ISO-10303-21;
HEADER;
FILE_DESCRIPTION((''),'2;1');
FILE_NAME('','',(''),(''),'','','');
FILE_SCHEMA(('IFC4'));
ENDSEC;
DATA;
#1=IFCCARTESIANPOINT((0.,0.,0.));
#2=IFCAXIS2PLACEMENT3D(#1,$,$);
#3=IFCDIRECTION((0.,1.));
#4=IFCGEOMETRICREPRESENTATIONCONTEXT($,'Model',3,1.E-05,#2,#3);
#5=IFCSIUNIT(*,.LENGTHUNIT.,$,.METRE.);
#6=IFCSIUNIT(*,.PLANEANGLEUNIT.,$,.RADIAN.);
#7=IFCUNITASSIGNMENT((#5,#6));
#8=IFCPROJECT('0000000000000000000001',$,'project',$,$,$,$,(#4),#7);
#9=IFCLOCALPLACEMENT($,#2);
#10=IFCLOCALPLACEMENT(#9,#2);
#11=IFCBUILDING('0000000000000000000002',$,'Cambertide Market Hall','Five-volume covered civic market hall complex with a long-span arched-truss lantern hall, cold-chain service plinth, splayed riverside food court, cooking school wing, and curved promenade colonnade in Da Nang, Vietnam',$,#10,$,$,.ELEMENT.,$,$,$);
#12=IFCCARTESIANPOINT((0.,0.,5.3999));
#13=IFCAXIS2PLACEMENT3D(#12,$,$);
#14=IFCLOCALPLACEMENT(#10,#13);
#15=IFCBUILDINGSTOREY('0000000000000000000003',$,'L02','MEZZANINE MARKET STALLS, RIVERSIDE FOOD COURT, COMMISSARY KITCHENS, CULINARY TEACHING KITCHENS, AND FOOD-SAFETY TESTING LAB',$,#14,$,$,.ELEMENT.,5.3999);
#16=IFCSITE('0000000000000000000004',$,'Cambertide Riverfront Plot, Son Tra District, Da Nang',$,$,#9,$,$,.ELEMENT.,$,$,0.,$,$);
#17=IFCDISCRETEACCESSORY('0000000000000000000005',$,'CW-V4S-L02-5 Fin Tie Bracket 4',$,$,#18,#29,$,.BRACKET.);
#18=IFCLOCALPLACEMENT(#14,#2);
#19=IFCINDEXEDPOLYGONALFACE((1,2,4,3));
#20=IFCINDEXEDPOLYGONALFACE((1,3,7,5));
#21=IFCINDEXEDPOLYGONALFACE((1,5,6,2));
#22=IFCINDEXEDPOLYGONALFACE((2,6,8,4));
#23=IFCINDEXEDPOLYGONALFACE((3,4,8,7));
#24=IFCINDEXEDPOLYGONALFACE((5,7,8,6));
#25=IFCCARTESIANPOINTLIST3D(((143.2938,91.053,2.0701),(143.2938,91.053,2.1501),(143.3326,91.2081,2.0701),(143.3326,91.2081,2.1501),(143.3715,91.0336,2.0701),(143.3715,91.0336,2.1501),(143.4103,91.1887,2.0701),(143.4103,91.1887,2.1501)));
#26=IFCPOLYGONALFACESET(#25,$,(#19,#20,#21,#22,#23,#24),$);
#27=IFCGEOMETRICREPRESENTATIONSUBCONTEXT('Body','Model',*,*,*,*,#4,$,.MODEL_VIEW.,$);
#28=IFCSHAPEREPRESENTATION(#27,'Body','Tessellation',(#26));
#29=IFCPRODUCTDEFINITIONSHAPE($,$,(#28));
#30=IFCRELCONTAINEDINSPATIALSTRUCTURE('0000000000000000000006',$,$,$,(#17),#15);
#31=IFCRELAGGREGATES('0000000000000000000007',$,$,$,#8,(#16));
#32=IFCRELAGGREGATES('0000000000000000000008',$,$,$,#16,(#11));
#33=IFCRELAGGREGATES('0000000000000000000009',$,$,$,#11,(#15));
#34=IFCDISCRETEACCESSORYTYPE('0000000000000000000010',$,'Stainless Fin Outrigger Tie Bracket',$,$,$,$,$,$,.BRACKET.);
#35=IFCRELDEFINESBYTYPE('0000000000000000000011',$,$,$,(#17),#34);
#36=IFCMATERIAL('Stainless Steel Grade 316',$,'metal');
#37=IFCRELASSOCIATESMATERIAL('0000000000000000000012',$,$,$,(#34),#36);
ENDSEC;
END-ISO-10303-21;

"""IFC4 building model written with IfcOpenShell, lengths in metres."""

from ifc_helpers import new_model, si_unit, direction, frame, origin, origin_2d, place, context, subcontext, project, spatial, rectangle, extrude, material, type_object, element, save


model = new_model("IFC4")

# Units and contexts
model_context = context("Model", 3, precision=1e-05, world=origin(), true_north=direction((0.0, 1.0)))
body_context = subcontext(model_context, "Body", "Model", "MODEL_VIEW")
ifc_project = project(units=[si_unit("LENGTHUNIT", "METRE"), si_unit("PLANEANGLEUNIT", "RADIAN")], contexts=[model_context])

# Site, building, storey
site_placement = place(None, origin())
site = spatial("IfcSite", under=ifc_project, at=site_placement, Name="Cambertide Riverfront Plot, Son Tra District, Da Nang", CompositionType="ELEMENT", RefElevation=0.0)
building_placement = place(site_placement, origin())
building = spatial("IfcBuilding", under=site, at=building_placement, Name="Cambertide Market Hall", Description="Five-volume covered civic market hall complex with a long-span arched-truss lantern hall, cold-chain service plinth, splayed riverside food court, cooking school wing, and curved promenade colonnade in Da Nang, Vietnam", CompositionType="ELEMENT")
storey_placement = place(building_placement, frame((0.0, 0.0, 5.3999)))
storey = spatial("IfcBuildingStorey", under=building, at=storey_placement, Name="L02", Description="MEZZANINE MARKET STALLS, RIVERSIDE FOOD COURT, COMMISSARY KITCHENS, CULINARY TEACHING KITCHENS, AND FOOD-SAFETY TESTING LAB", CompositionType="ELEMENT", Elevation=5.3999)

# Discrete accessory
ifc_material_1 = material(Name="Stainless Steel Grade 316", Category="metal")
discrete_accessory_type = type_object("IfcDiscreteAccessoryType", Name="Stainless Fin Outrigger Tie Bracket", PredefinedType="BRACKET", material=ifc_material_1)
for number, where, z_axis, x_axis, name in (
    (1, (143.3521, 91.1208, 2.0701), (0.0, 0.0, 1.0), (-0.970143, 0.242535, 0.0), "CW-V4S-L02-5 Fin Tie Bracket 4"),
):
    element("IfcDiscreteAccessory", number, at=place(storey_placement, frame(where, z_axis=z_axis, x_axis=x_axis)), inside=storey, type_object=discrete_accessory_type, Name=name, PredefinedType="BRACKET", context=body_context, shape_type="SweptSolid", body=[
        extrude(rectangle(XDim=0.0801, YDim=0.1599, at=origin_2d()), origin(), (0.0, 0.0, 1.0), 0.0801),
    ])

save(model, "model.ifc")
